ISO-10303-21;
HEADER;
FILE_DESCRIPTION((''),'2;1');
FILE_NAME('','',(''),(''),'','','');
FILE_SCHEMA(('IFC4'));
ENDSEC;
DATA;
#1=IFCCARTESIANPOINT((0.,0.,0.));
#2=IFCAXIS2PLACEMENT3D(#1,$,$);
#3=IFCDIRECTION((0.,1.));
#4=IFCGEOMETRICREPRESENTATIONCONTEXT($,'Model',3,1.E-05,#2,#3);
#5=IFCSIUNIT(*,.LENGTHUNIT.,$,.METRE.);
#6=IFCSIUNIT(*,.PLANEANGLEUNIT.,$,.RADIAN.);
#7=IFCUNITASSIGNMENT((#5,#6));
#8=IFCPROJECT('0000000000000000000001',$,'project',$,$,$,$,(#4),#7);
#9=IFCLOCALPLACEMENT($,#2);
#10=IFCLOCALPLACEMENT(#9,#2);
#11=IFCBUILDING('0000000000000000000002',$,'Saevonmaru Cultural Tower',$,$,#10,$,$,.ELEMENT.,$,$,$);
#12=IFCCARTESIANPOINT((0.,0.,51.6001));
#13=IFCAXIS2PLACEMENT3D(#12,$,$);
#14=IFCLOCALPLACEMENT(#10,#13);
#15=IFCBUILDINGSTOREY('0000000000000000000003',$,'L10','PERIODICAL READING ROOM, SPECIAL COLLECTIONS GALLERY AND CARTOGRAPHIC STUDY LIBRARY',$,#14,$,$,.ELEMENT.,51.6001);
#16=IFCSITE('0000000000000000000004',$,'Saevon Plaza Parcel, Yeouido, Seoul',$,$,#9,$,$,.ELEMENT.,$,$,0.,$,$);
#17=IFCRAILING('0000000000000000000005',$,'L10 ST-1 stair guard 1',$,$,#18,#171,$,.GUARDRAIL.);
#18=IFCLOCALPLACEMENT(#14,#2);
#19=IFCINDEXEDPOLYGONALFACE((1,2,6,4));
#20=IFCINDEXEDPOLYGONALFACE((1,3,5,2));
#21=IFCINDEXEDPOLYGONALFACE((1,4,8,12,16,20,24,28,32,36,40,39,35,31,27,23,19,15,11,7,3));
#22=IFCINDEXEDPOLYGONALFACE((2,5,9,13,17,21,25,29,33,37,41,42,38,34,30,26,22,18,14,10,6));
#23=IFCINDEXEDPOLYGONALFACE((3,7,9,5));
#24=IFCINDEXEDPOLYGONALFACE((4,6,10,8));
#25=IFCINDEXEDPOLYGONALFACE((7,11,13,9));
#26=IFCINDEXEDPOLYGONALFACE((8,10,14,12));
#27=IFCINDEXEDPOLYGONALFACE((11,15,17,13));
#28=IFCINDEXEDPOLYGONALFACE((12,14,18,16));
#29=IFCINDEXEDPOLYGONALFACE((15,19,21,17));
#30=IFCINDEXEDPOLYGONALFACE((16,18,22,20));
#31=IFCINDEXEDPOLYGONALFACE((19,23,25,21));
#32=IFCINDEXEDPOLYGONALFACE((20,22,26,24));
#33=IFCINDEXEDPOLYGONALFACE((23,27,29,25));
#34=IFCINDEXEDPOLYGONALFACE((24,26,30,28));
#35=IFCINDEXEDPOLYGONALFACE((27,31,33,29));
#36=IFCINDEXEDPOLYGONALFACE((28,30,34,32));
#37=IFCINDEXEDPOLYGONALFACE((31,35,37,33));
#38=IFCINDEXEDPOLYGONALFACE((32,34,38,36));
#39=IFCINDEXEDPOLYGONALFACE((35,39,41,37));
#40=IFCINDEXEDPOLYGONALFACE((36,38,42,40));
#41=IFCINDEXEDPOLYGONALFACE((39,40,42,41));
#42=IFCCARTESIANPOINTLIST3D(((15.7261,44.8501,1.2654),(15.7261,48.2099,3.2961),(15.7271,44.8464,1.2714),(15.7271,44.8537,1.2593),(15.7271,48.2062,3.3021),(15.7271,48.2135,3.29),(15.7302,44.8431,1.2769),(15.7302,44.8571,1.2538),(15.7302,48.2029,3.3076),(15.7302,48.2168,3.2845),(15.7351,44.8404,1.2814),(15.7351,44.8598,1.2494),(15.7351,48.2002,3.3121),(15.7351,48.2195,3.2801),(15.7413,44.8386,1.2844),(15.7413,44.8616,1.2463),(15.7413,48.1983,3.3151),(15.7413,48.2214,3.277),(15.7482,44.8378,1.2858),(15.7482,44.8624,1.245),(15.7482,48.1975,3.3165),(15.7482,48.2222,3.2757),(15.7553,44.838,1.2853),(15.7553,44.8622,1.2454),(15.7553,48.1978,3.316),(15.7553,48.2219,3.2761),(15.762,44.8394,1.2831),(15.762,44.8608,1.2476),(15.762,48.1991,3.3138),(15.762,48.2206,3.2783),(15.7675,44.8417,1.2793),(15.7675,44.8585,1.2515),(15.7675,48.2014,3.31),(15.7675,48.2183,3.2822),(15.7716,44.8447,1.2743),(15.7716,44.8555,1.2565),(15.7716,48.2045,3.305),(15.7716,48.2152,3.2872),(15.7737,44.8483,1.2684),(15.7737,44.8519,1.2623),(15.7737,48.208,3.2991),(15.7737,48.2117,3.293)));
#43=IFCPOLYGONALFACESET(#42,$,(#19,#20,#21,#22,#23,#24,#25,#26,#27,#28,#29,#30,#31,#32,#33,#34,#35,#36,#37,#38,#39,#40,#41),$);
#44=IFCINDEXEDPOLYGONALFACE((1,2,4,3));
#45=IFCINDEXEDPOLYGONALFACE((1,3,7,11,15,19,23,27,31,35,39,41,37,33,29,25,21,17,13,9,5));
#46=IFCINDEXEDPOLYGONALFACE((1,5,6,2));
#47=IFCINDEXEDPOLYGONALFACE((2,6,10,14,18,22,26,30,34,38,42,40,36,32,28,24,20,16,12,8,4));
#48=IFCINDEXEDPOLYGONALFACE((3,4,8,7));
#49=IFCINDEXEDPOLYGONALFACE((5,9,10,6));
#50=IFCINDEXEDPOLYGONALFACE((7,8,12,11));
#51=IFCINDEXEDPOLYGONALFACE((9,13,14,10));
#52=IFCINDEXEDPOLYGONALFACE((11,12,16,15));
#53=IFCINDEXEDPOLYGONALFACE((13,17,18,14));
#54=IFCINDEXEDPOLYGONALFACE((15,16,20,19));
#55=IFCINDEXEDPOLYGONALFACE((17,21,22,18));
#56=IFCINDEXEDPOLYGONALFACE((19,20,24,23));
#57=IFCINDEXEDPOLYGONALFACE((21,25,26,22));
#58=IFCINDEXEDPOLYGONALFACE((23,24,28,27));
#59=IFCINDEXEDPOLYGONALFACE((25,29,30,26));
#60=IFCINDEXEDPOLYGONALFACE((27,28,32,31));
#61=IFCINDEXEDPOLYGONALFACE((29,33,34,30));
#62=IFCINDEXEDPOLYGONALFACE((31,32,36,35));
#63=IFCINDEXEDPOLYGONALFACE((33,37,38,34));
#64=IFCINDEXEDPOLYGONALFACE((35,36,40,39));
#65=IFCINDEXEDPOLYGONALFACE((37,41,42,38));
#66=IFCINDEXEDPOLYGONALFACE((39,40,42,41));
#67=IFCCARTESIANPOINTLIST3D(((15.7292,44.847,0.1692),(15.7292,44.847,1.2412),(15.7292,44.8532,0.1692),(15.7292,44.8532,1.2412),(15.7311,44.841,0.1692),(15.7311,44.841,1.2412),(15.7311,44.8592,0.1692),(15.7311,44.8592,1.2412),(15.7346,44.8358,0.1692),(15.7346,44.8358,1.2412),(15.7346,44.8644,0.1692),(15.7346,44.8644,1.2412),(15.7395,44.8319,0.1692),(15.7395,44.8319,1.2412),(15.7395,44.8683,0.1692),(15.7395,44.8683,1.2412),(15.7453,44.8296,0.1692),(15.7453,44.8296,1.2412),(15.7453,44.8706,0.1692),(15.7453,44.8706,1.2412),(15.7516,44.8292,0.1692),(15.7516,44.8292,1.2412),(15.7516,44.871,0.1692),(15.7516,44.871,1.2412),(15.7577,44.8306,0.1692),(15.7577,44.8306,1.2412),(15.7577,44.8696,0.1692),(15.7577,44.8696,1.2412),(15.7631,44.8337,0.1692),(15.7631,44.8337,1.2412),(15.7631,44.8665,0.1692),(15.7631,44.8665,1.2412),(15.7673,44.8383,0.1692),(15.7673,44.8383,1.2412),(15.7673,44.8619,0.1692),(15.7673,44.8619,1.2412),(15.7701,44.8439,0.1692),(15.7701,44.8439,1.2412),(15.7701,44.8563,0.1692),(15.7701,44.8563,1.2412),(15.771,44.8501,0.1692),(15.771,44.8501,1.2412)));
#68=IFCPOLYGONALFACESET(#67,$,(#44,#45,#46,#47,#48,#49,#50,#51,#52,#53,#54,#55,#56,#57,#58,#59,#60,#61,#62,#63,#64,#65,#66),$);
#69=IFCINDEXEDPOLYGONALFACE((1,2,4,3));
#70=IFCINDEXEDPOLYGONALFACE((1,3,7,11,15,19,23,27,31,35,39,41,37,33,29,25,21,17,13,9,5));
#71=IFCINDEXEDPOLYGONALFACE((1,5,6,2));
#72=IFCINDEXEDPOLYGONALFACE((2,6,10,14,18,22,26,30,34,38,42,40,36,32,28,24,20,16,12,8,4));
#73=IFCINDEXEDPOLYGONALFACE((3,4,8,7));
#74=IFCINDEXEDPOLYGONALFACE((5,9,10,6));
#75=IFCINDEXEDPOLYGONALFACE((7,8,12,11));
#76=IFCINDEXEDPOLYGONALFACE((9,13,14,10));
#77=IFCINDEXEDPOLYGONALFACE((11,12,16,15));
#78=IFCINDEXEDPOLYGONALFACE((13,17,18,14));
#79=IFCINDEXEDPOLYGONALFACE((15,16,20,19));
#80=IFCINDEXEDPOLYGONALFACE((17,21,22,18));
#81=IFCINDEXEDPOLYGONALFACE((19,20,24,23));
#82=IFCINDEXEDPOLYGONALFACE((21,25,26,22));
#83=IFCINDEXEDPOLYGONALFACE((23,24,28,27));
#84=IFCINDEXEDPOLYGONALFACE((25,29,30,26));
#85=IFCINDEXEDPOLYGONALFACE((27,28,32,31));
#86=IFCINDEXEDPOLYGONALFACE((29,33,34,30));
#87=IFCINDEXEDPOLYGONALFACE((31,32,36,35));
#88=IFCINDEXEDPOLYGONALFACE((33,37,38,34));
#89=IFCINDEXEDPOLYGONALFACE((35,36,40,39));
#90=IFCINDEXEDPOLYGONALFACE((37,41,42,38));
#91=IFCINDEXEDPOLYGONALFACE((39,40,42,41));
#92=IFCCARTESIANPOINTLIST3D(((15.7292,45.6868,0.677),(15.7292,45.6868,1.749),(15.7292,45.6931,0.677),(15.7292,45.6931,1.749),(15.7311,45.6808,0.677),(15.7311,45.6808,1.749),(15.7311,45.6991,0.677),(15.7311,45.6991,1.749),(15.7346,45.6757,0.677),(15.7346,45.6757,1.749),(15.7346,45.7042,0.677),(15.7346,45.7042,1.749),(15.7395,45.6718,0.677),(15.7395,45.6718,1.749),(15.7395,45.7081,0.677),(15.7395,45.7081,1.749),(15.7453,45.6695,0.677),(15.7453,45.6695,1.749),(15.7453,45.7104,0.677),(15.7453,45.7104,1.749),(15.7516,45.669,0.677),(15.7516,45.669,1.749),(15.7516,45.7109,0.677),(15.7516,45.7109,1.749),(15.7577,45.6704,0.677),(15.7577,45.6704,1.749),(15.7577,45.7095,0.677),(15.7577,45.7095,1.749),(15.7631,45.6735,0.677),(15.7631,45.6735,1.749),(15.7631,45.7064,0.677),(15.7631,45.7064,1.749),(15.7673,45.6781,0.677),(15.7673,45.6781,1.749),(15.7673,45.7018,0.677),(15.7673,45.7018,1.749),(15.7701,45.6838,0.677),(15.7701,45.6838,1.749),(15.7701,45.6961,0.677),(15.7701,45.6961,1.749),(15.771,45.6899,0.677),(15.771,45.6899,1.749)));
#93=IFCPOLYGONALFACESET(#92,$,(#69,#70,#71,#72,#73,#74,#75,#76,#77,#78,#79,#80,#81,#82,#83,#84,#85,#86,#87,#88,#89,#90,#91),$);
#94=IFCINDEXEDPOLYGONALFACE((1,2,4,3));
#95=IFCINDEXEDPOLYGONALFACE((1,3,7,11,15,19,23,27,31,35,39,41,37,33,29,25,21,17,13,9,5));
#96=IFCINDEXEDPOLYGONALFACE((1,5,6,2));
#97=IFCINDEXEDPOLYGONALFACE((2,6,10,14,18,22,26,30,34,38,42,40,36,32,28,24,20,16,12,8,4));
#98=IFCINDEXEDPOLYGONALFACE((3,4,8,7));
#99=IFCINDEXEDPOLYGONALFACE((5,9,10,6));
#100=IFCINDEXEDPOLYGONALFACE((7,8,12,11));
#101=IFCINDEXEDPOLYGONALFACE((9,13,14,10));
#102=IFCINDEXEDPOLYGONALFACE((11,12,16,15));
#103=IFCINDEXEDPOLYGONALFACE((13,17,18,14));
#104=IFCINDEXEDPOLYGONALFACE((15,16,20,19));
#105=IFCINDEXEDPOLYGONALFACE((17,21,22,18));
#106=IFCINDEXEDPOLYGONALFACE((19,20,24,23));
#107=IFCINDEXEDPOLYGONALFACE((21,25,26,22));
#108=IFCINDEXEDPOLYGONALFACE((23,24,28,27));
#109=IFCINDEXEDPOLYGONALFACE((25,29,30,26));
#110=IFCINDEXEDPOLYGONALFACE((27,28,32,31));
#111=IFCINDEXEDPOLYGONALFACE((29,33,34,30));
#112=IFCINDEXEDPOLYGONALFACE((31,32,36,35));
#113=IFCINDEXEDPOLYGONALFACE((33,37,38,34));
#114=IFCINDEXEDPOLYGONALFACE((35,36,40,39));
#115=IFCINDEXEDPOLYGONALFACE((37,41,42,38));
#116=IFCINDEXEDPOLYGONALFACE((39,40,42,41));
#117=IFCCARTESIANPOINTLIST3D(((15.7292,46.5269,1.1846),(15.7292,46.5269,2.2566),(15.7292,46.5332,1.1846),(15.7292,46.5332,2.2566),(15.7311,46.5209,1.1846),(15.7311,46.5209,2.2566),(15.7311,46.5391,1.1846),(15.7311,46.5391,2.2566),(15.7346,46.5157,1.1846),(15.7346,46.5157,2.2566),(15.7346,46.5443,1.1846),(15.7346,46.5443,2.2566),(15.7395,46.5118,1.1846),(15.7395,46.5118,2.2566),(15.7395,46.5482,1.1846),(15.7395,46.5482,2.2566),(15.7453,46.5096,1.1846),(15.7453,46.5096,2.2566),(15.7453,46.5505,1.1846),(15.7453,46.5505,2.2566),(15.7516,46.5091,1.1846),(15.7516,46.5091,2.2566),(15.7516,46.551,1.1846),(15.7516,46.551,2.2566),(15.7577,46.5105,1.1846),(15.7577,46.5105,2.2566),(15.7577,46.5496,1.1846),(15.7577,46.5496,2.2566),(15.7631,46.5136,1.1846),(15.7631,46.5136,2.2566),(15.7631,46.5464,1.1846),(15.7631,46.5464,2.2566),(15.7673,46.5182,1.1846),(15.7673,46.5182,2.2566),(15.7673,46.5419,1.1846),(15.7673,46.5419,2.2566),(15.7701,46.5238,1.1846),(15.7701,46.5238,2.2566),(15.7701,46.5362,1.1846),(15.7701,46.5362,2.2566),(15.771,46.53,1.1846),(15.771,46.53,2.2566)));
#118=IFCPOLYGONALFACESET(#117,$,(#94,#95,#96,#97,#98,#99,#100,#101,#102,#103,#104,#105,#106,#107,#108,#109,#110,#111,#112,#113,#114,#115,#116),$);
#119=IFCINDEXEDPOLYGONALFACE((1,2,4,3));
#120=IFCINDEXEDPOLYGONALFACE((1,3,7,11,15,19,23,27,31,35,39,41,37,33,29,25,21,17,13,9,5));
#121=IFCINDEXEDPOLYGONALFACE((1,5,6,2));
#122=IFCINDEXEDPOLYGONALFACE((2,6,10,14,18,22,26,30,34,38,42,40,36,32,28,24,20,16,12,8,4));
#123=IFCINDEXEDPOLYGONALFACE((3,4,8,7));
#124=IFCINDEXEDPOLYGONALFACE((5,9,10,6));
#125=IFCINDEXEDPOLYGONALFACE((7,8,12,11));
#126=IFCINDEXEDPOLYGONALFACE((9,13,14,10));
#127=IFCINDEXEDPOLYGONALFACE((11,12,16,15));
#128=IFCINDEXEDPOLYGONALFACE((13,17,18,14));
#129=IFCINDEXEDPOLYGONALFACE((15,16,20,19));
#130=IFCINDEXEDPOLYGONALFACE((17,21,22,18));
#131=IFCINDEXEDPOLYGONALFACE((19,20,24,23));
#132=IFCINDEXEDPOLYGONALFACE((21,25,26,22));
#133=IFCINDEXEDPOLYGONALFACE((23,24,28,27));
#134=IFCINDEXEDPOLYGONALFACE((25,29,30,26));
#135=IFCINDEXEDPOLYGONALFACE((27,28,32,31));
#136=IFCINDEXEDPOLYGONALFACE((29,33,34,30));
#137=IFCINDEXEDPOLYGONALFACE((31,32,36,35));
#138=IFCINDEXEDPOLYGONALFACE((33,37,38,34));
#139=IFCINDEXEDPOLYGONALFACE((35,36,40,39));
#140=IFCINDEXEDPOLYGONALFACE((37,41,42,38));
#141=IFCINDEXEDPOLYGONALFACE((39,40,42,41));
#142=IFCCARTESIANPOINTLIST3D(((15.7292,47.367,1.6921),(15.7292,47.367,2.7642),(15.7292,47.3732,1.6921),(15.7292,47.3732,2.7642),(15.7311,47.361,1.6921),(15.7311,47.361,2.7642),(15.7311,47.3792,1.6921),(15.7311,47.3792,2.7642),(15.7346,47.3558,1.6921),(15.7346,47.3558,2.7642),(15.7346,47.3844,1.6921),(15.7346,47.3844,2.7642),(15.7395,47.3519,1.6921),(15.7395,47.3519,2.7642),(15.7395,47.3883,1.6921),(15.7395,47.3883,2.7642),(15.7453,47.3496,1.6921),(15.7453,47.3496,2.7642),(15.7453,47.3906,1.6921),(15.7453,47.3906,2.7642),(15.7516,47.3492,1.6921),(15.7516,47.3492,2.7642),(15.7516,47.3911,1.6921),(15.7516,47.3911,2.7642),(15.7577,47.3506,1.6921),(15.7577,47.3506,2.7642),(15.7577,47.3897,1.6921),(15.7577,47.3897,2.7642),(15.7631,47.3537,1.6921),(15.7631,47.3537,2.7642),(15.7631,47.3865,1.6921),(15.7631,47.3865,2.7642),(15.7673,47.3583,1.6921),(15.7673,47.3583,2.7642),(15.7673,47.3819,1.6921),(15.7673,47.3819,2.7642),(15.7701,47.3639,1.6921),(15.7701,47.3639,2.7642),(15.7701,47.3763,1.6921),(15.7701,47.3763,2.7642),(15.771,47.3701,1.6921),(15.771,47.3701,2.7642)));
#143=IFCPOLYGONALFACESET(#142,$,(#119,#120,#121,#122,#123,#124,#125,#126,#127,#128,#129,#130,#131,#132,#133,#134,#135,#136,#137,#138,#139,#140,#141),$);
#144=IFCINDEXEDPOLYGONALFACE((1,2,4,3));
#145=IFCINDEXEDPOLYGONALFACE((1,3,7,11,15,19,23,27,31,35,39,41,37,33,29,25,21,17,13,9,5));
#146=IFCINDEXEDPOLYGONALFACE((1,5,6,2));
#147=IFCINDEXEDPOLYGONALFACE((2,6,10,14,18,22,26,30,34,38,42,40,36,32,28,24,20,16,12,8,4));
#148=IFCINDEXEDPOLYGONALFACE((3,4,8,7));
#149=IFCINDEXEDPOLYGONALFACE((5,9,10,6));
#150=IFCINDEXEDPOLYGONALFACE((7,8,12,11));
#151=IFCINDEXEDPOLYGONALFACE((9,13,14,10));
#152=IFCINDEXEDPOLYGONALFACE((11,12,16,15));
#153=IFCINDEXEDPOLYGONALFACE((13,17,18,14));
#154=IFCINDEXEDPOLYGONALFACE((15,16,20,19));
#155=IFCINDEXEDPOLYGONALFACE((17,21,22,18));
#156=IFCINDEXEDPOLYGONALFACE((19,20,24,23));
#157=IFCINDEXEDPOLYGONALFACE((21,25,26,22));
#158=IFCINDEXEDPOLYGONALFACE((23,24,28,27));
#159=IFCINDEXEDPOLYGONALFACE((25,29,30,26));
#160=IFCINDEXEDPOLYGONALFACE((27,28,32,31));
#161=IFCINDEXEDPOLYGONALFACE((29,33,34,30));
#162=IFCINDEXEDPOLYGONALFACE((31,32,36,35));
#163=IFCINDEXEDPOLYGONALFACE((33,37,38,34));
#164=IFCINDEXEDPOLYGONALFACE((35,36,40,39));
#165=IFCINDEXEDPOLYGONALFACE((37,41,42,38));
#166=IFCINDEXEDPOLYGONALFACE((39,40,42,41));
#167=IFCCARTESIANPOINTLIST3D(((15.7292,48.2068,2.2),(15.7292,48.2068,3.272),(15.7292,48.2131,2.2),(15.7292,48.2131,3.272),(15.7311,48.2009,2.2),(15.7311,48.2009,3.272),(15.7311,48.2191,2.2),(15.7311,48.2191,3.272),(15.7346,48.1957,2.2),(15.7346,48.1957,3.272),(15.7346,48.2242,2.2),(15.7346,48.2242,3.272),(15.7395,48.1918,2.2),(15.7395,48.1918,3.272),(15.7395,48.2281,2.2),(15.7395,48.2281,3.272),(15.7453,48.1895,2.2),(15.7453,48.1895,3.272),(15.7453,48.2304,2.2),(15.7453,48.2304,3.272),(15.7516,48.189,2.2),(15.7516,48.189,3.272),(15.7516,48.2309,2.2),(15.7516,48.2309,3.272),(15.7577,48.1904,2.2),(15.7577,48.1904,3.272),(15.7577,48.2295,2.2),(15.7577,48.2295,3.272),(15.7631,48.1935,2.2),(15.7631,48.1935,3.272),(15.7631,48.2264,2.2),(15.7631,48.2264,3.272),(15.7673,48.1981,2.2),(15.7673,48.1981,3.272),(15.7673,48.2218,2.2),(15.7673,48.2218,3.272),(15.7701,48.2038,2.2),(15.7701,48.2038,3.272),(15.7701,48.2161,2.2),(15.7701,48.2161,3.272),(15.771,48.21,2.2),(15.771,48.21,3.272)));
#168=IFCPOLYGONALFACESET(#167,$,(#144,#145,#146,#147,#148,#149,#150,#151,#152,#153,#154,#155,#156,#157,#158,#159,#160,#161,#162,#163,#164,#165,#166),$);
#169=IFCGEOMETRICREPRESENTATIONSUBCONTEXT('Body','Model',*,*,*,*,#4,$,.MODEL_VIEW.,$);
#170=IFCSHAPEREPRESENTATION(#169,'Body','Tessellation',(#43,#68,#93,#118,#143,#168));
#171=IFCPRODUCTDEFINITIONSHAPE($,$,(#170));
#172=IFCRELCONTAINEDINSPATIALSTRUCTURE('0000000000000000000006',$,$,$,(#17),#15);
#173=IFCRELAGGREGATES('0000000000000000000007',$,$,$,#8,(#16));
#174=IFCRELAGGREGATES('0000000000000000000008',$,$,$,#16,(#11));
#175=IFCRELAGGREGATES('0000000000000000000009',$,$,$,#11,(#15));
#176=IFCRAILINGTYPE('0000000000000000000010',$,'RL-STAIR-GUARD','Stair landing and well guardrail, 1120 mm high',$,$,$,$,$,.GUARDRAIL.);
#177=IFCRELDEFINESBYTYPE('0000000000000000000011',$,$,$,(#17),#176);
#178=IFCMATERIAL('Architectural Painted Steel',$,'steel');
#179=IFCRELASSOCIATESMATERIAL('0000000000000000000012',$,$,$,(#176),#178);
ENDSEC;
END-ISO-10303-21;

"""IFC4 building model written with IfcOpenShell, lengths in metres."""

from ifc_helpers import new_model, si_unit, direction, frame, origin, origin_2d, place, context, subcontext, project, spatial, circle, extrude, material, type_object, element, save


model = new_model("IFC4")

# Units and contexts
model_context = context("Model", 3, precision=1e-05, world=origin(), true_north=direction((0.0, 1.0)))
body_context = subcontext(model_context, "Body", "Model", "MODEL_VIEW")
ifc_project = project(units=[si_unit("LENGTHUNIT", "METRE"), si_unit("PLANEANGLEUNIT", "RADIAN")], contexts=[model_context])

# Site, building, storey
site_placement = place(None, origin())
site = spatial("IfcSite", under=ifc_project, at=site_placement, Name="Saevon Plaza Parcel, Yeouido, Seoul", CompositionType="ELEMENT", RefElevation=0.0)
building_placement = place(site_placement, origin())
building = spatial("IfcBuilding", under=site, at=building_placement, Name="Saevonmaru Cultural Tower", CompositionType="ELEMENT")
storey_placement = place(building_placement, frame((0.0, 0.0, 51.6001)))
storey = spatial("IfcBuildingStorey", under=building, at=storey_placement, Name="L10", Description="PERIODICAL READING ROOM, SPECIAL COLLECTIONS GALLERY AND CARTOGRAPHIC STUDY LIBRARY", CompositionType="ELEMENT", Elevation=51.6001)

# Railing
ifc_material_1 = material(Name="Architectural Painted Steel", Category="steel")
railing_type_1 = type_object("IfcRailingType", Name="RL-STAIR-GUARD", Description="Stair landing and well guardrail, 1120 mm high", PredefinedType="GUARDRAIL", material=ifc_material_1)
railing_1_placement = place(storey_placement, frame((15.75, 44.8501, 0.1692)))
element("IfcRailing", 1, at=railing_1_placement, inside=storey, type_object=railing_type_1, Name="L10 ST-1 stair guard 1", PredefinedType="GUARDRAIL", context=body_context, shape_type="SweptSolid", body=[
    extrude(circle(Radius=0.0239, at=origin_2d()), frame((0.0, 0.0, 1.0962), z_axis=(0.0, 0.85582, 0.517273), x_axis=(-1.0, 0.0, 0.0)), (0.0, 0.0, 1.0), 3.9258),
    extrude(circle(Radius=0.021, at=origin_2d()), origin(), (0.0, 0.0, 1.0), 1.072),
    extrude(circle(Radius=0.021, at=origin_2d()), frame((0.0, 0.8398, 0.5078)), (0.0, 0.0, 1.0), 1.072),
    extrude(circle(Radius=0.021, at=origin_2d()), frame((0.0, 1.6799, 1.0154)), (0.0, 0.0, 1.0), 1.072),
    extrude(circle(Radius=0.021, at=origin_2d()), frame((0.0, 2.52, 1.5229)), (0.0, 0.0, 1.0), 1.072),
    extrude(circle(Radius=0.021, at=origin_2d()), frame((0.0, 3.3599, 2.0308)), (0.0, 0.0, 1.0), 1.072),
])

save(model, "model.ifc")
